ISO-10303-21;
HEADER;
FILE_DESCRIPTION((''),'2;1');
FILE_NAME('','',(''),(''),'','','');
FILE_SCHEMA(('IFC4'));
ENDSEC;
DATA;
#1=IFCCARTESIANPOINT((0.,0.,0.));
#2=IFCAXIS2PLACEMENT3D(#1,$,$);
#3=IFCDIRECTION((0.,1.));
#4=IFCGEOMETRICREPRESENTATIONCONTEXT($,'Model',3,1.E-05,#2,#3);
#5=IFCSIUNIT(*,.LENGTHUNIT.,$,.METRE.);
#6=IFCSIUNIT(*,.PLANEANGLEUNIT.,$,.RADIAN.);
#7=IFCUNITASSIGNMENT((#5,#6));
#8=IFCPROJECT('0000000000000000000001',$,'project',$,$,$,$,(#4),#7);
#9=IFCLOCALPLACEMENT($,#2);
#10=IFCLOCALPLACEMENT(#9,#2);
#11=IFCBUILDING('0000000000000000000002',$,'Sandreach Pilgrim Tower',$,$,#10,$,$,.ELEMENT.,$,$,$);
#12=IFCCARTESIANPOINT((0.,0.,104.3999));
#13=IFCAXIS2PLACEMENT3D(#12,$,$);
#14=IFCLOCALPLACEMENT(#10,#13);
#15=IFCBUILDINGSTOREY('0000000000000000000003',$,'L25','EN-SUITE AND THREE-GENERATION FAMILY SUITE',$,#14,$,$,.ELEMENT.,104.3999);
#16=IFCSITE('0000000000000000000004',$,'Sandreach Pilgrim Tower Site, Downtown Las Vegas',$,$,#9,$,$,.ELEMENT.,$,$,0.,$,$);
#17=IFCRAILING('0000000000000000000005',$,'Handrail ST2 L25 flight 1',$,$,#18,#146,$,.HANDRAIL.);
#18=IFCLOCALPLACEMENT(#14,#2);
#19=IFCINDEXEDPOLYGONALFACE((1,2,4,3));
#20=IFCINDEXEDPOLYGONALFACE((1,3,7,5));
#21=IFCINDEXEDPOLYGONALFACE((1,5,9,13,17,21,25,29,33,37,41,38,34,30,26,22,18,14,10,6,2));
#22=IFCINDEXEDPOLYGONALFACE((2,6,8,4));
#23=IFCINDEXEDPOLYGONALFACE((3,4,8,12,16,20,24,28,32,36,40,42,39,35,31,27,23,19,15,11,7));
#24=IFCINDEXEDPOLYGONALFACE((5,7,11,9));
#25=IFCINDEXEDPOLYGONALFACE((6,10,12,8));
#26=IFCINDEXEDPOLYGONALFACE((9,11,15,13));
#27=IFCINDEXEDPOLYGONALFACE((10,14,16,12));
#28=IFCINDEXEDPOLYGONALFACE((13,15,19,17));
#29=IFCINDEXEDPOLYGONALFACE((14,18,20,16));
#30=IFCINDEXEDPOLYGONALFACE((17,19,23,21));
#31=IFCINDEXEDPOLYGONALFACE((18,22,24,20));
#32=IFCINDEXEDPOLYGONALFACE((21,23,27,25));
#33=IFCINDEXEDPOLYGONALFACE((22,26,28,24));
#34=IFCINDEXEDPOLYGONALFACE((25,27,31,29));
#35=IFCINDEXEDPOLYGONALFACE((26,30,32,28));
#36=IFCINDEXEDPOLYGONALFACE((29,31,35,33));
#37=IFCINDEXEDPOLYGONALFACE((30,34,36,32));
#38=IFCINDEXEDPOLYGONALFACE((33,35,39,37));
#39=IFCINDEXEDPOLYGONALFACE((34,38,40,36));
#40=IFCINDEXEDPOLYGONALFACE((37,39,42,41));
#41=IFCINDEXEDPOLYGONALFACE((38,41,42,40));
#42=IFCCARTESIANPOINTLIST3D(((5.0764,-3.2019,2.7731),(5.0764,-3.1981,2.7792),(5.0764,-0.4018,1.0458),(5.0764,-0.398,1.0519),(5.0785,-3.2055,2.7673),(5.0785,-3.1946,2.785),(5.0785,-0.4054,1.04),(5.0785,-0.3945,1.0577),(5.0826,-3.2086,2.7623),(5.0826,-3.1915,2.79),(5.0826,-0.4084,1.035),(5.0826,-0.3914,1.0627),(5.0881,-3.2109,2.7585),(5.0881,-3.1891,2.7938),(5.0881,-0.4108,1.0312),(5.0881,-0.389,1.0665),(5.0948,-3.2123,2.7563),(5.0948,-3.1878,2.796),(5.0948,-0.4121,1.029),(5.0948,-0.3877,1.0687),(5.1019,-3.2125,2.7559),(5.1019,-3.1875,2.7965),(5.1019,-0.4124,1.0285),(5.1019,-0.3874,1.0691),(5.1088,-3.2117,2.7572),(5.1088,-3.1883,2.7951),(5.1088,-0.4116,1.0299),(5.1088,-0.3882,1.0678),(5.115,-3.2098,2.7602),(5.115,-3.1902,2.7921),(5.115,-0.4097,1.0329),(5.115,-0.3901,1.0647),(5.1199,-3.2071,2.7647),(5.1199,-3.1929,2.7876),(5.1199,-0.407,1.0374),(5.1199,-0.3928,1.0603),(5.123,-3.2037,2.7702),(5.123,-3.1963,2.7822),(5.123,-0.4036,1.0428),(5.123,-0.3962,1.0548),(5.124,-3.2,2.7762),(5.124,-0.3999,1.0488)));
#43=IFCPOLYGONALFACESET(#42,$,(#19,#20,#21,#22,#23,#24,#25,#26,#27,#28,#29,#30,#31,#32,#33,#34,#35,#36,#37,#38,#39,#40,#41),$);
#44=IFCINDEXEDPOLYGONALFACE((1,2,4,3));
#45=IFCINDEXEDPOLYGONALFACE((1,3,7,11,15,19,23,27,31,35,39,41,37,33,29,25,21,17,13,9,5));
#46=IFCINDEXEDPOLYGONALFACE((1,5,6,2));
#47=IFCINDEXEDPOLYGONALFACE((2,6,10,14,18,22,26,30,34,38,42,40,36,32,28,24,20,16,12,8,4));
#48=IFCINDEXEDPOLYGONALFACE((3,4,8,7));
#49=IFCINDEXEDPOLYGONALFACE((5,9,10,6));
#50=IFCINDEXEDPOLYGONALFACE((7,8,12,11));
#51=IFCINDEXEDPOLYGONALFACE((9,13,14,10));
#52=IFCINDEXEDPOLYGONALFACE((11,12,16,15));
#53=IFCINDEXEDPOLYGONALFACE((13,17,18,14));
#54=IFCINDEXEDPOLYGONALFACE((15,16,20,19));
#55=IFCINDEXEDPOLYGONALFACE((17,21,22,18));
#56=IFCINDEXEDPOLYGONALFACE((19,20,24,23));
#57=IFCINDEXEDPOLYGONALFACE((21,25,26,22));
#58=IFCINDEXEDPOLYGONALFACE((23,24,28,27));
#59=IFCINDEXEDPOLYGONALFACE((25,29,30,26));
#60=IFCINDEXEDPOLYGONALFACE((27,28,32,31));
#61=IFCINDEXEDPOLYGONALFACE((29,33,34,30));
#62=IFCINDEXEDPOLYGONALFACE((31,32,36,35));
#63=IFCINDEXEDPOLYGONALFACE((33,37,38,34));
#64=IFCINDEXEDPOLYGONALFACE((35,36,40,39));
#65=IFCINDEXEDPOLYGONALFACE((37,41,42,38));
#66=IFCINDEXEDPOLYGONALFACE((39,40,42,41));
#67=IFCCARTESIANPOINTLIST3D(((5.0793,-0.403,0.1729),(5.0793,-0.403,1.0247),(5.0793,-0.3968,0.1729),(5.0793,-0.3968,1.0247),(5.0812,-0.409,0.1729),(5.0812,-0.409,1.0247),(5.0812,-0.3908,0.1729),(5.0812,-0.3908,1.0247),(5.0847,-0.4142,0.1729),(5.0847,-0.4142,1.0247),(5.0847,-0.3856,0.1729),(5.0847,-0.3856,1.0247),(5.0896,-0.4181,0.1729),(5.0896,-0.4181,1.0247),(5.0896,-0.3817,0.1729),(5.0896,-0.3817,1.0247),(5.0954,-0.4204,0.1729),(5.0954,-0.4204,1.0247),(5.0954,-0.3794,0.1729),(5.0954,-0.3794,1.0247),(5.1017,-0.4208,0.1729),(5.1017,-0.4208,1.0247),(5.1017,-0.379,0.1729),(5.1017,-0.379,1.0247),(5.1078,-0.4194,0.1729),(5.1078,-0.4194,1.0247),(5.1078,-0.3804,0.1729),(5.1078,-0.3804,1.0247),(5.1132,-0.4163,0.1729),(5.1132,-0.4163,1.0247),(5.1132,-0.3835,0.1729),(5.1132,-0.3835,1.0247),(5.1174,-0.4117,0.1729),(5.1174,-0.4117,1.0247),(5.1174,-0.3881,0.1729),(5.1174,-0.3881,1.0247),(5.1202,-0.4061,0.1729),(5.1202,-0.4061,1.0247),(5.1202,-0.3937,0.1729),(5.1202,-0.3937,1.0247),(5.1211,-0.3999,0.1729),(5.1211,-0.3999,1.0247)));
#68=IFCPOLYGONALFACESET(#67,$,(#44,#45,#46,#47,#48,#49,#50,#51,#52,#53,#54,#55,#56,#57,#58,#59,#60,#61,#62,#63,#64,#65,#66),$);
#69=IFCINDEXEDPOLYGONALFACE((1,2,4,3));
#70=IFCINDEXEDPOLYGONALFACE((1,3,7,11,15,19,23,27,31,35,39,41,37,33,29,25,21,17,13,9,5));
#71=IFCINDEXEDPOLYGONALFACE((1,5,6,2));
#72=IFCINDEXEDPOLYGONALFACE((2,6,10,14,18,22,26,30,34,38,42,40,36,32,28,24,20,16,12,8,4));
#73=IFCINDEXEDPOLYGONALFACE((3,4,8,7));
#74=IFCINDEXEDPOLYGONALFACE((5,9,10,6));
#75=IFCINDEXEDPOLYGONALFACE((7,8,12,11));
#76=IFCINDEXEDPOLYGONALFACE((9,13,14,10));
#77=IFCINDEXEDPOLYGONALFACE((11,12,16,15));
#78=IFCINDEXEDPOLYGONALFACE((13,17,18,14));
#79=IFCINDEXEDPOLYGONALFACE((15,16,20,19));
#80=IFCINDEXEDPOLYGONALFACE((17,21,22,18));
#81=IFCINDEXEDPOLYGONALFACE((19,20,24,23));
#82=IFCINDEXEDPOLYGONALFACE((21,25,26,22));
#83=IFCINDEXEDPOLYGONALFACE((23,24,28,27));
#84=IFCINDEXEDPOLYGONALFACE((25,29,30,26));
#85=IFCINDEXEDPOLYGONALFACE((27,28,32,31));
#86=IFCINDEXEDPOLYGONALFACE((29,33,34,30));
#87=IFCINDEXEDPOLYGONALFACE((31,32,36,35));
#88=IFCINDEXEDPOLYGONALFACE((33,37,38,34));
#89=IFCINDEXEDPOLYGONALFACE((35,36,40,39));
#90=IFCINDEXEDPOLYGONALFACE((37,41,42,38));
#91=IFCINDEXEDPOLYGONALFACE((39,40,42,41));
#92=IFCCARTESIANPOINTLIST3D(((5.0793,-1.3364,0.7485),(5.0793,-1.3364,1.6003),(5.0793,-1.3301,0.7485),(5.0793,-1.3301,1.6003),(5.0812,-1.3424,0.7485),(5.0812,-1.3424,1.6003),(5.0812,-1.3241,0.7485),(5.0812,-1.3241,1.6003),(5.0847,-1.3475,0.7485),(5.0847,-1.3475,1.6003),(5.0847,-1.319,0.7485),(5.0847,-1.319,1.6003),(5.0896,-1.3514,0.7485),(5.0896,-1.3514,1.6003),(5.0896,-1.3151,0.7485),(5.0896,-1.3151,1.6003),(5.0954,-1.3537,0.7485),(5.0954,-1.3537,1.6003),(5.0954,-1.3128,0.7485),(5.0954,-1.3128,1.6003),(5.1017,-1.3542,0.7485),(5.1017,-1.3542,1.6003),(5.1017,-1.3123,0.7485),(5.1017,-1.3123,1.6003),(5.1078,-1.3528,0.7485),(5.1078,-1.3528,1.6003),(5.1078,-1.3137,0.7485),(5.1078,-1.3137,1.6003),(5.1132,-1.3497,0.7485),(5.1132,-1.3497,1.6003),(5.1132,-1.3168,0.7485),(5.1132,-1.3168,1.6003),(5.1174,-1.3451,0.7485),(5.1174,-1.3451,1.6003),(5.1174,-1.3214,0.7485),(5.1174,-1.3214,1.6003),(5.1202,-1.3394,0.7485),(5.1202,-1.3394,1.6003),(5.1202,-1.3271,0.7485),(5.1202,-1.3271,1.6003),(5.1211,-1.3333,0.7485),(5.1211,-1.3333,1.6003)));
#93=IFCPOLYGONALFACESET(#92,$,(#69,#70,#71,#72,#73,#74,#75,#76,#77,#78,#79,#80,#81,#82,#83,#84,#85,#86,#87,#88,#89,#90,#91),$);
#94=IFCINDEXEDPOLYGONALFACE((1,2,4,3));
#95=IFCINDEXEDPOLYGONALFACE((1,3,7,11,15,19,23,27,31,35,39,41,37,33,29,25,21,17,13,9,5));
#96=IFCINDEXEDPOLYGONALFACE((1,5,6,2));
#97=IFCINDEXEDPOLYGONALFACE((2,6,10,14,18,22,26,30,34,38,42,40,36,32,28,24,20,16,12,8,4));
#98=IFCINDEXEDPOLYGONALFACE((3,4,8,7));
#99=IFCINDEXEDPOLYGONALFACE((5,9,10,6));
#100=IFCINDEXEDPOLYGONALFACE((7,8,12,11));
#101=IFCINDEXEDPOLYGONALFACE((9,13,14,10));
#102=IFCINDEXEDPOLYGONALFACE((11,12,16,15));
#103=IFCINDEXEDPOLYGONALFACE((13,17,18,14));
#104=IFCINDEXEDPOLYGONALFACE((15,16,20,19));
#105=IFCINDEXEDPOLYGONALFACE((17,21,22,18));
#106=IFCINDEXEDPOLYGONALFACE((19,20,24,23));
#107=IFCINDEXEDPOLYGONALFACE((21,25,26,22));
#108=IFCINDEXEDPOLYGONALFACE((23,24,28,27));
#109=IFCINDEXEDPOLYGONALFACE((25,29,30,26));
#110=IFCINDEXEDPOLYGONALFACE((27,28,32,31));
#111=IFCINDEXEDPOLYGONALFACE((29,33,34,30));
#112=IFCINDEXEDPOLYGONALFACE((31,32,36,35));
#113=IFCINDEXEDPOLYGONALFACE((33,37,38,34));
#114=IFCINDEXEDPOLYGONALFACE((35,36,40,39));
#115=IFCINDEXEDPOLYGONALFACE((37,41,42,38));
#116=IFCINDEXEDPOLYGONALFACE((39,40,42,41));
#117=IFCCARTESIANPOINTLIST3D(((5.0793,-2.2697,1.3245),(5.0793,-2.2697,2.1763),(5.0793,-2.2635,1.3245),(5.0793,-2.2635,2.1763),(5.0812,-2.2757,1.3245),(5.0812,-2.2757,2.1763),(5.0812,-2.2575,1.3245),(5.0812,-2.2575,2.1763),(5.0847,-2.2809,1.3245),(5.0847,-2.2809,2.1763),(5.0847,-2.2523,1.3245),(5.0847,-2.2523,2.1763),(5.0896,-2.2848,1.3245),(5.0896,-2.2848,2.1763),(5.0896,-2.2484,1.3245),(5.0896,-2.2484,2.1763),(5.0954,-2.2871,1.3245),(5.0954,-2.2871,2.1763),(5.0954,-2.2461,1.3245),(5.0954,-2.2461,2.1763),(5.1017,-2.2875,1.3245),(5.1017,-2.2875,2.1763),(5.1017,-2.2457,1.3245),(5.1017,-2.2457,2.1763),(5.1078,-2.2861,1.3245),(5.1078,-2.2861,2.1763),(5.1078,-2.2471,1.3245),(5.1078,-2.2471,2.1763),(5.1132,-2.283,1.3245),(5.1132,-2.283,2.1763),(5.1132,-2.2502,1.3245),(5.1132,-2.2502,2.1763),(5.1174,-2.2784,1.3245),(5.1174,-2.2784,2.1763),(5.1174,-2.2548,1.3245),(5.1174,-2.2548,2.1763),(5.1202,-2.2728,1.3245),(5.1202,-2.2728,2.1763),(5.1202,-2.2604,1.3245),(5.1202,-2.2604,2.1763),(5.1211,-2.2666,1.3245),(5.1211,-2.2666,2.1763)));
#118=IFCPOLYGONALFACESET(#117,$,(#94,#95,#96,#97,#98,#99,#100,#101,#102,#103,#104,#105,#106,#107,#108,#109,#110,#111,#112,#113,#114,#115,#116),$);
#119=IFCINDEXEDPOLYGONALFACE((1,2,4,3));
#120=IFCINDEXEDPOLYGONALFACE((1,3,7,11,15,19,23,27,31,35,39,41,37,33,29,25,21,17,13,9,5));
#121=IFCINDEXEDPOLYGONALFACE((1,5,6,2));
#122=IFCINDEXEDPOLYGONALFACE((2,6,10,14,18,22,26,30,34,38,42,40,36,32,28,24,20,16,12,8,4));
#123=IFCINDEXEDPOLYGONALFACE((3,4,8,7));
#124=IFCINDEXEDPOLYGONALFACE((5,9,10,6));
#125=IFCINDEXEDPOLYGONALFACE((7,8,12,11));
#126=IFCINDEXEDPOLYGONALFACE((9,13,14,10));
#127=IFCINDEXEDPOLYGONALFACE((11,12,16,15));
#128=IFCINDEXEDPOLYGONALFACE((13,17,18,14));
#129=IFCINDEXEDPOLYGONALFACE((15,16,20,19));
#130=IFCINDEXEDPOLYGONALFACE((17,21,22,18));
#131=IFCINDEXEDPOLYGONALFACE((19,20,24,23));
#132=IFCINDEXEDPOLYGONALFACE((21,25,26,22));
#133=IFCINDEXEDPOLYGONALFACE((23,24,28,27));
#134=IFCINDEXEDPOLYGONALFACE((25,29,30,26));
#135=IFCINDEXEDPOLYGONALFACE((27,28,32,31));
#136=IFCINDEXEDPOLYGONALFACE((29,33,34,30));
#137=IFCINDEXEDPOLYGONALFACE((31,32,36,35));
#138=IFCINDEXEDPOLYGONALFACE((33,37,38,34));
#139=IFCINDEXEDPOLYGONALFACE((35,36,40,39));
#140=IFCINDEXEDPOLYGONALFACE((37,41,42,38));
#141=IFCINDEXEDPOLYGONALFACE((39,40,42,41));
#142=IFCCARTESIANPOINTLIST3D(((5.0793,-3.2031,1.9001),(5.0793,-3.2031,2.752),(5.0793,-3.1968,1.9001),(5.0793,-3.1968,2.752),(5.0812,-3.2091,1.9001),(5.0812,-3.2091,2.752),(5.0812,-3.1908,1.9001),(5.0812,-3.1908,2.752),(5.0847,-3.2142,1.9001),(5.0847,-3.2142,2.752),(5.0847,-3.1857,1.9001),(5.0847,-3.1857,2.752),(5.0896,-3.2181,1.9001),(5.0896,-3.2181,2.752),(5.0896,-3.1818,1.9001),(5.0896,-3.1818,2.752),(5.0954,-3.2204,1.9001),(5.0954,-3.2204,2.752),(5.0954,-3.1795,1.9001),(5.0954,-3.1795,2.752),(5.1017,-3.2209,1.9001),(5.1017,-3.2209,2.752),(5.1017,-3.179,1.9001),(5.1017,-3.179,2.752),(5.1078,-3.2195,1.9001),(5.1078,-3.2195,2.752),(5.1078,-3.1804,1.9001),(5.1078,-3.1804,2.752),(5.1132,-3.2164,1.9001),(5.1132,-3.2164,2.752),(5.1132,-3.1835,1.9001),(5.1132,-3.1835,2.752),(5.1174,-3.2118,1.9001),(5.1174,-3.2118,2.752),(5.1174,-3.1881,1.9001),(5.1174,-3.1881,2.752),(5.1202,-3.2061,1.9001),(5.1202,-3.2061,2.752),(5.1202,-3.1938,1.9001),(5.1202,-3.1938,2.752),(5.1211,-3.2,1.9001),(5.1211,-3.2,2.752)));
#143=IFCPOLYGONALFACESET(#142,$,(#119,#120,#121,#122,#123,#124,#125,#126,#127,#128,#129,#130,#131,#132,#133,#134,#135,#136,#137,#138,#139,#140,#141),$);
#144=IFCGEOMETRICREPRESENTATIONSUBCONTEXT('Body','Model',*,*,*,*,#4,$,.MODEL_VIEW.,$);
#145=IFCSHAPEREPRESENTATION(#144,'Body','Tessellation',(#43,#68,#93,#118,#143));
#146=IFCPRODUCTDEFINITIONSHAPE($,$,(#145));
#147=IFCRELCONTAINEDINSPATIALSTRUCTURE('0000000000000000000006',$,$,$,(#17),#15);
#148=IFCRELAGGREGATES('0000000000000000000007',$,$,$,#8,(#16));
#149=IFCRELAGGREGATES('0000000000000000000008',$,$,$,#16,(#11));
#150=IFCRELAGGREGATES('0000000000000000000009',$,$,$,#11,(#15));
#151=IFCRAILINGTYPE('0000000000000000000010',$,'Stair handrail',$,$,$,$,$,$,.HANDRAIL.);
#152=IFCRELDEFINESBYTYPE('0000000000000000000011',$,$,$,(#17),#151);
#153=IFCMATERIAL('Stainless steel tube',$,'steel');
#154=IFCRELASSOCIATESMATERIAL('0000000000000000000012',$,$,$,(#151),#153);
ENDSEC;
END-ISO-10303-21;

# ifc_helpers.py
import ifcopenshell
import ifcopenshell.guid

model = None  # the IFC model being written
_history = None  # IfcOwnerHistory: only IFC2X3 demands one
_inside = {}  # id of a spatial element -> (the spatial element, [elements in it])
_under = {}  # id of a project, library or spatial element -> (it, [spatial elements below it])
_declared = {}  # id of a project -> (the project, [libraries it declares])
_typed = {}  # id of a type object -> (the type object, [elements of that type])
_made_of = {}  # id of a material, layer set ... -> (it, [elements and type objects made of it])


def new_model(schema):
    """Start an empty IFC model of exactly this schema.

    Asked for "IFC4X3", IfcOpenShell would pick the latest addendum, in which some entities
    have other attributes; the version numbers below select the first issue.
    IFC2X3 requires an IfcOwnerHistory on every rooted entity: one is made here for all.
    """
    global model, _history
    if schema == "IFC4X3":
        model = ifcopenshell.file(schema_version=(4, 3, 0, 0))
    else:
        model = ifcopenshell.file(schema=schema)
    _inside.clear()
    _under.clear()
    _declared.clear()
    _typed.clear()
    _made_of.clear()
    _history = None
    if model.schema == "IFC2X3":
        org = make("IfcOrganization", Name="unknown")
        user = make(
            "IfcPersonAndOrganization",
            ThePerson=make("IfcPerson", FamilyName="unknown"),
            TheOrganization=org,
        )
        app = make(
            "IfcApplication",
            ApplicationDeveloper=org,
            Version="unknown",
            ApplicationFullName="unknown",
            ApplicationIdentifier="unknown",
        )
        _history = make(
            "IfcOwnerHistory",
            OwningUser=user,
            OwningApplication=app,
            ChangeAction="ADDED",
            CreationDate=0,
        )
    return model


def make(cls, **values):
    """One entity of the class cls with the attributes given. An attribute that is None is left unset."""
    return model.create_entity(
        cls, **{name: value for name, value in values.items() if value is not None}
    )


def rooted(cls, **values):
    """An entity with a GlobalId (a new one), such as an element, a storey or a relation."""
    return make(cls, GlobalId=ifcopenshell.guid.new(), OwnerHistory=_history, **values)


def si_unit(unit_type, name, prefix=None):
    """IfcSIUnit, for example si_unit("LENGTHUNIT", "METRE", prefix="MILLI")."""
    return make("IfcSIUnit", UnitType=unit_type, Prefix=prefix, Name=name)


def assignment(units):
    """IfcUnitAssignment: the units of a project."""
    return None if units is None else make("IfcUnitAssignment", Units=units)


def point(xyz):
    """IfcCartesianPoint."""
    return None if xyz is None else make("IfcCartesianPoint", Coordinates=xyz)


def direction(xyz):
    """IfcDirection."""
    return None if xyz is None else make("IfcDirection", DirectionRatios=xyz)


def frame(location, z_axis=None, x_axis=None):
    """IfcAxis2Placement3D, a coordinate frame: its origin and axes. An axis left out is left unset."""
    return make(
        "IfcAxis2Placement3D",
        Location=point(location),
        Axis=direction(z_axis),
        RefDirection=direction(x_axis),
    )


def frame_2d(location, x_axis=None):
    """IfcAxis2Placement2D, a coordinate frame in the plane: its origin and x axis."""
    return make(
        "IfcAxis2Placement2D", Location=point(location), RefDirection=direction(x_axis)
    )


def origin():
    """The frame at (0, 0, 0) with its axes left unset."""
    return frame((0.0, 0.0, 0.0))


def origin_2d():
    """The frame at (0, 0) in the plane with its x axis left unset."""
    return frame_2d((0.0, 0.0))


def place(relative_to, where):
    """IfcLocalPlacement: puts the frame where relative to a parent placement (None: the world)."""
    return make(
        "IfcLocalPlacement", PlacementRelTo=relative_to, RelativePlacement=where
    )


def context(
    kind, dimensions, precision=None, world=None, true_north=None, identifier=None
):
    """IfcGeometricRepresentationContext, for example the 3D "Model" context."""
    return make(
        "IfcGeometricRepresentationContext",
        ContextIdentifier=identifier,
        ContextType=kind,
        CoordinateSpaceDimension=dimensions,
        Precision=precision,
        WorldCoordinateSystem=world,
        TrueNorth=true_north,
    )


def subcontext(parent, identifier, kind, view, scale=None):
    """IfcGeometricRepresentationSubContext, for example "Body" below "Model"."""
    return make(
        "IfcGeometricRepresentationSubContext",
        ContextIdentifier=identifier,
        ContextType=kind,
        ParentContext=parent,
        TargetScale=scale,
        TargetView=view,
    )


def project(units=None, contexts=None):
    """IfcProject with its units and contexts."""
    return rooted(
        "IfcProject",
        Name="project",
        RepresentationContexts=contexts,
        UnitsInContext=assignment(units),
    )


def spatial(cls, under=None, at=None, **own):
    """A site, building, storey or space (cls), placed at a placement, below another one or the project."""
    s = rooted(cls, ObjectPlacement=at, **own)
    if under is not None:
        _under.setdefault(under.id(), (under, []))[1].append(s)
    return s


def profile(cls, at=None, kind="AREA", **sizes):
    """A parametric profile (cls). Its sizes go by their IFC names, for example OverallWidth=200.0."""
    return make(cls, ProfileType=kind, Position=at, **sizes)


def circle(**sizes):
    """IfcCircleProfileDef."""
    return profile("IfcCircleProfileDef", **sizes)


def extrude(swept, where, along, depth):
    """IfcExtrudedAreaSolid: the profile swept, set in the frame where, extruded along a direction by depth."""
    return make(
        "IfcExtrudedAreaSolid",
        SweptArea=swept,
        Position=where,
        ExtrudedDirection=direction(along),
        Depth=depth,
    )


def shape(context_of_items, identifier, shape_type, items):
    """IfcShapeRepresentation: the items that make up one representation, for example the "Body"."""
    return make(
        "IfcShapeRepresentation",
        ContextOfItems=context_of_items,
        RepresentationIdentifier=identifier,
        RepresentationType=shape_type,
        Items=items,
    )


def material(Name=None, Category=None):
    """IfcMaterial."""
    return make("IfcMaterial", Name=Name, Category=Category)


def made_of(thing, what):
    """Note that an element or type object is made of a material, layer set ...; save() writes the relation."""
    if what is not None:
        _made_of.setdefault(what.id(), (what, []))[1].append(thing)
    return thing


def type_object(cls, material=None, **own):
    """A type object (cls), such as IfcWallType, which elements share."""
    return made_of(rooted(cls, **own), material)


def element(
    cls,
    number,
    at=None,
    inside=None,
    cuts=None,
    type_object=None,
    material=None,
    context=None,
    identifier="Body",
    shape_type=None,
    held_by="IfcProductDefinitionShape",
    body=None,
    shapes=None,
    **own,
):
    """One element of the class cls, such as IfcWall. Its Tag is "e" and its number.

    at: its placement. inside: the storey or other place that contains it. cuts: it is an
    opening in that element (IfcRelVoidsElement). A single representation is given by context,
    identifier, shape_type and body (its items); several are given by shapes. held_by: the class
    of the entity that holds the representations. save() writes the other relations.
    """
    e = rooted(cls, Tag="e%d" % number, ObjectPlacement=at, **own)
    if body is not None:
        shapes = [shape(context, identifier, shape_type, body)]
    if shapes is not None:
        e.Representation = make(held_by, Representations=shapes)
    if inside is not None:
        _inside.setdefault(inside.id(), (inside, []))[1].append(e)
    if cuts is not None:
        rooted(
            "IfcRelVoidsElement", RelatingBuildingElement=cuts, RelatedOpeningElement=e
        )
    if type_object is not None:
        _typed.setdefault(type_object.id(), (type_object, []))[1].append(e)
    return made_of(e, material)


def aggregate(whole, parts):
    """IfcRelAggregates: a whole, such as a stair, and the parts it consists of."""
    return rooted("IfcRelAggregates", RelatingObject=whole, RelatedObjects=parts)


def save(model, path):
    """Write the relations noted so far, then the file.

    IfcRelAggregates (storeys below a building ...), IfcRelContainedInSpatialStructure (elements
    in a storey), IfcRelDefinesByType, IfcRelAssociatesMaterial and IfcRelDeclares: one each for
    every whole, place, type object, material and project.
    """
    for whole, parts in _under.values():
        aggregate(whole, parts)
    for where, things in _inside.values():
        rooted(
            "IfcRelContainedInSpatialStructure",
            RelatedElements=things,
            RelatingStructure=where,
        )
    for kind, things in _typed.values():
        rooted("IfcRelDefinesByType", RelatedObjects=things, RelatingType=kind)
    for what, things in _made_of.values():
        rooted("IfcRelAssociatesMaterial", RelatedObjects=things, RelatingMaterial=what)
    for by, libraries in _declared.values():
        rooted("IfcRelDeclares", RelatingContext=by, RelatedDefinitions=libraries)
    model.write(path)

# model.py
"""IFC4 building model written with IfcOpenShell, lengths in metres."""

from ifc_helpers import new_model, si_unit, direction, frame, origin, origin_2d, place, context, subcontext, project, spatial, circle, extrude, material, type_object, element, save


model = new_model("IFC4")

# Units and contexts
model_context = context("Model", 3, precision=1e-05, world=origin(), true_north=direction((0.0, 1.0)))
body_context = subcontext(model_context, "Body", "Model", "MODEL_VIEW")
ifc_project = project(units=[si_unit("LENGTHUNIT", "METRE"), si_unit("PLANEANGLEUNIT", "RADIAN")], contexts=[model_context])

# Site, building, storey
site_placement = place(None, origin())
site = spatial("IfcSite", under=ifc_project, at=site_placement, Name="Sandreach Pilgrim Tower Site, Downtown Las Vegas", CompositionType="ELEMENT", RefElevation=0.0)
building_placement = place(site_placement, origin())
building = spatial("IfcBuilding", under=site, at=building_placement, Name="Sandreach Pilgrim Tower", CompositionType="ELEMENT")
storey_placement = place(building_placement, frame((0.0, 0.0, 104.3999)))
storey = spatial("IfcBuildingStorey", under=building, at=storey_placement, Name="L25", Description="EN-SUITE AND THREE-GENERATION FAMILY SUITE", CompositionType="ELEMENT", Elevation=104.3999)

# Railing
ifc_material_1 = material(Name="Stainless steel tube", Category="steel")
railing_type = type_object("IfcRailingType", Name="Stair handrail", PredefinedType="HANDRAIL", material=ifc_material_1)
for number, where, name in (
    (1, (5.1001, -0.3999, 0.1729), "Handrail ST2 L25 flight 1"),
):
    element("IfcRailing", number, at=place(storey_placement, frame(where)), inside=storey, type_object=railing_type, Name=name, PredefinedType="HANDRAIL", context=body_context, shape_type="SweptSolid", body=[
        extrude(circle(Radius=0.0239, at=origin_2d()), frame((0.0, 0.0, 0.876), z_axis=(0.0, -0.85109, 0.52502), x_axis=(1.0, 0.0, 0.0)), (0.0, 0.0, 1.0), 3.29),
        extrude(circle(Radius=0.021, at=origin_2d()), origin(), (0.0, 0.0, 1.0), 0.8518),
        extrude(circle(Radius=0.021, at=origin_2d()), frame((0.0, -0.9333, 0.5757)), (0.0, 0.0, 1.0), 0.8518),
        extrude(circle(Radius=0.021, at=origin_2d()), frame((0.0, -1.8667, 1.1516)), (0.0, 0.0, 1.0), 0.8518),
        extrude(circle(Radius=0.021, at=origin_2d()), frame((0.0, -2.8, 1.7273)), (0.0, 0.0, 1.0), 0.8518),
    ])

save(model, "model.ifc")
